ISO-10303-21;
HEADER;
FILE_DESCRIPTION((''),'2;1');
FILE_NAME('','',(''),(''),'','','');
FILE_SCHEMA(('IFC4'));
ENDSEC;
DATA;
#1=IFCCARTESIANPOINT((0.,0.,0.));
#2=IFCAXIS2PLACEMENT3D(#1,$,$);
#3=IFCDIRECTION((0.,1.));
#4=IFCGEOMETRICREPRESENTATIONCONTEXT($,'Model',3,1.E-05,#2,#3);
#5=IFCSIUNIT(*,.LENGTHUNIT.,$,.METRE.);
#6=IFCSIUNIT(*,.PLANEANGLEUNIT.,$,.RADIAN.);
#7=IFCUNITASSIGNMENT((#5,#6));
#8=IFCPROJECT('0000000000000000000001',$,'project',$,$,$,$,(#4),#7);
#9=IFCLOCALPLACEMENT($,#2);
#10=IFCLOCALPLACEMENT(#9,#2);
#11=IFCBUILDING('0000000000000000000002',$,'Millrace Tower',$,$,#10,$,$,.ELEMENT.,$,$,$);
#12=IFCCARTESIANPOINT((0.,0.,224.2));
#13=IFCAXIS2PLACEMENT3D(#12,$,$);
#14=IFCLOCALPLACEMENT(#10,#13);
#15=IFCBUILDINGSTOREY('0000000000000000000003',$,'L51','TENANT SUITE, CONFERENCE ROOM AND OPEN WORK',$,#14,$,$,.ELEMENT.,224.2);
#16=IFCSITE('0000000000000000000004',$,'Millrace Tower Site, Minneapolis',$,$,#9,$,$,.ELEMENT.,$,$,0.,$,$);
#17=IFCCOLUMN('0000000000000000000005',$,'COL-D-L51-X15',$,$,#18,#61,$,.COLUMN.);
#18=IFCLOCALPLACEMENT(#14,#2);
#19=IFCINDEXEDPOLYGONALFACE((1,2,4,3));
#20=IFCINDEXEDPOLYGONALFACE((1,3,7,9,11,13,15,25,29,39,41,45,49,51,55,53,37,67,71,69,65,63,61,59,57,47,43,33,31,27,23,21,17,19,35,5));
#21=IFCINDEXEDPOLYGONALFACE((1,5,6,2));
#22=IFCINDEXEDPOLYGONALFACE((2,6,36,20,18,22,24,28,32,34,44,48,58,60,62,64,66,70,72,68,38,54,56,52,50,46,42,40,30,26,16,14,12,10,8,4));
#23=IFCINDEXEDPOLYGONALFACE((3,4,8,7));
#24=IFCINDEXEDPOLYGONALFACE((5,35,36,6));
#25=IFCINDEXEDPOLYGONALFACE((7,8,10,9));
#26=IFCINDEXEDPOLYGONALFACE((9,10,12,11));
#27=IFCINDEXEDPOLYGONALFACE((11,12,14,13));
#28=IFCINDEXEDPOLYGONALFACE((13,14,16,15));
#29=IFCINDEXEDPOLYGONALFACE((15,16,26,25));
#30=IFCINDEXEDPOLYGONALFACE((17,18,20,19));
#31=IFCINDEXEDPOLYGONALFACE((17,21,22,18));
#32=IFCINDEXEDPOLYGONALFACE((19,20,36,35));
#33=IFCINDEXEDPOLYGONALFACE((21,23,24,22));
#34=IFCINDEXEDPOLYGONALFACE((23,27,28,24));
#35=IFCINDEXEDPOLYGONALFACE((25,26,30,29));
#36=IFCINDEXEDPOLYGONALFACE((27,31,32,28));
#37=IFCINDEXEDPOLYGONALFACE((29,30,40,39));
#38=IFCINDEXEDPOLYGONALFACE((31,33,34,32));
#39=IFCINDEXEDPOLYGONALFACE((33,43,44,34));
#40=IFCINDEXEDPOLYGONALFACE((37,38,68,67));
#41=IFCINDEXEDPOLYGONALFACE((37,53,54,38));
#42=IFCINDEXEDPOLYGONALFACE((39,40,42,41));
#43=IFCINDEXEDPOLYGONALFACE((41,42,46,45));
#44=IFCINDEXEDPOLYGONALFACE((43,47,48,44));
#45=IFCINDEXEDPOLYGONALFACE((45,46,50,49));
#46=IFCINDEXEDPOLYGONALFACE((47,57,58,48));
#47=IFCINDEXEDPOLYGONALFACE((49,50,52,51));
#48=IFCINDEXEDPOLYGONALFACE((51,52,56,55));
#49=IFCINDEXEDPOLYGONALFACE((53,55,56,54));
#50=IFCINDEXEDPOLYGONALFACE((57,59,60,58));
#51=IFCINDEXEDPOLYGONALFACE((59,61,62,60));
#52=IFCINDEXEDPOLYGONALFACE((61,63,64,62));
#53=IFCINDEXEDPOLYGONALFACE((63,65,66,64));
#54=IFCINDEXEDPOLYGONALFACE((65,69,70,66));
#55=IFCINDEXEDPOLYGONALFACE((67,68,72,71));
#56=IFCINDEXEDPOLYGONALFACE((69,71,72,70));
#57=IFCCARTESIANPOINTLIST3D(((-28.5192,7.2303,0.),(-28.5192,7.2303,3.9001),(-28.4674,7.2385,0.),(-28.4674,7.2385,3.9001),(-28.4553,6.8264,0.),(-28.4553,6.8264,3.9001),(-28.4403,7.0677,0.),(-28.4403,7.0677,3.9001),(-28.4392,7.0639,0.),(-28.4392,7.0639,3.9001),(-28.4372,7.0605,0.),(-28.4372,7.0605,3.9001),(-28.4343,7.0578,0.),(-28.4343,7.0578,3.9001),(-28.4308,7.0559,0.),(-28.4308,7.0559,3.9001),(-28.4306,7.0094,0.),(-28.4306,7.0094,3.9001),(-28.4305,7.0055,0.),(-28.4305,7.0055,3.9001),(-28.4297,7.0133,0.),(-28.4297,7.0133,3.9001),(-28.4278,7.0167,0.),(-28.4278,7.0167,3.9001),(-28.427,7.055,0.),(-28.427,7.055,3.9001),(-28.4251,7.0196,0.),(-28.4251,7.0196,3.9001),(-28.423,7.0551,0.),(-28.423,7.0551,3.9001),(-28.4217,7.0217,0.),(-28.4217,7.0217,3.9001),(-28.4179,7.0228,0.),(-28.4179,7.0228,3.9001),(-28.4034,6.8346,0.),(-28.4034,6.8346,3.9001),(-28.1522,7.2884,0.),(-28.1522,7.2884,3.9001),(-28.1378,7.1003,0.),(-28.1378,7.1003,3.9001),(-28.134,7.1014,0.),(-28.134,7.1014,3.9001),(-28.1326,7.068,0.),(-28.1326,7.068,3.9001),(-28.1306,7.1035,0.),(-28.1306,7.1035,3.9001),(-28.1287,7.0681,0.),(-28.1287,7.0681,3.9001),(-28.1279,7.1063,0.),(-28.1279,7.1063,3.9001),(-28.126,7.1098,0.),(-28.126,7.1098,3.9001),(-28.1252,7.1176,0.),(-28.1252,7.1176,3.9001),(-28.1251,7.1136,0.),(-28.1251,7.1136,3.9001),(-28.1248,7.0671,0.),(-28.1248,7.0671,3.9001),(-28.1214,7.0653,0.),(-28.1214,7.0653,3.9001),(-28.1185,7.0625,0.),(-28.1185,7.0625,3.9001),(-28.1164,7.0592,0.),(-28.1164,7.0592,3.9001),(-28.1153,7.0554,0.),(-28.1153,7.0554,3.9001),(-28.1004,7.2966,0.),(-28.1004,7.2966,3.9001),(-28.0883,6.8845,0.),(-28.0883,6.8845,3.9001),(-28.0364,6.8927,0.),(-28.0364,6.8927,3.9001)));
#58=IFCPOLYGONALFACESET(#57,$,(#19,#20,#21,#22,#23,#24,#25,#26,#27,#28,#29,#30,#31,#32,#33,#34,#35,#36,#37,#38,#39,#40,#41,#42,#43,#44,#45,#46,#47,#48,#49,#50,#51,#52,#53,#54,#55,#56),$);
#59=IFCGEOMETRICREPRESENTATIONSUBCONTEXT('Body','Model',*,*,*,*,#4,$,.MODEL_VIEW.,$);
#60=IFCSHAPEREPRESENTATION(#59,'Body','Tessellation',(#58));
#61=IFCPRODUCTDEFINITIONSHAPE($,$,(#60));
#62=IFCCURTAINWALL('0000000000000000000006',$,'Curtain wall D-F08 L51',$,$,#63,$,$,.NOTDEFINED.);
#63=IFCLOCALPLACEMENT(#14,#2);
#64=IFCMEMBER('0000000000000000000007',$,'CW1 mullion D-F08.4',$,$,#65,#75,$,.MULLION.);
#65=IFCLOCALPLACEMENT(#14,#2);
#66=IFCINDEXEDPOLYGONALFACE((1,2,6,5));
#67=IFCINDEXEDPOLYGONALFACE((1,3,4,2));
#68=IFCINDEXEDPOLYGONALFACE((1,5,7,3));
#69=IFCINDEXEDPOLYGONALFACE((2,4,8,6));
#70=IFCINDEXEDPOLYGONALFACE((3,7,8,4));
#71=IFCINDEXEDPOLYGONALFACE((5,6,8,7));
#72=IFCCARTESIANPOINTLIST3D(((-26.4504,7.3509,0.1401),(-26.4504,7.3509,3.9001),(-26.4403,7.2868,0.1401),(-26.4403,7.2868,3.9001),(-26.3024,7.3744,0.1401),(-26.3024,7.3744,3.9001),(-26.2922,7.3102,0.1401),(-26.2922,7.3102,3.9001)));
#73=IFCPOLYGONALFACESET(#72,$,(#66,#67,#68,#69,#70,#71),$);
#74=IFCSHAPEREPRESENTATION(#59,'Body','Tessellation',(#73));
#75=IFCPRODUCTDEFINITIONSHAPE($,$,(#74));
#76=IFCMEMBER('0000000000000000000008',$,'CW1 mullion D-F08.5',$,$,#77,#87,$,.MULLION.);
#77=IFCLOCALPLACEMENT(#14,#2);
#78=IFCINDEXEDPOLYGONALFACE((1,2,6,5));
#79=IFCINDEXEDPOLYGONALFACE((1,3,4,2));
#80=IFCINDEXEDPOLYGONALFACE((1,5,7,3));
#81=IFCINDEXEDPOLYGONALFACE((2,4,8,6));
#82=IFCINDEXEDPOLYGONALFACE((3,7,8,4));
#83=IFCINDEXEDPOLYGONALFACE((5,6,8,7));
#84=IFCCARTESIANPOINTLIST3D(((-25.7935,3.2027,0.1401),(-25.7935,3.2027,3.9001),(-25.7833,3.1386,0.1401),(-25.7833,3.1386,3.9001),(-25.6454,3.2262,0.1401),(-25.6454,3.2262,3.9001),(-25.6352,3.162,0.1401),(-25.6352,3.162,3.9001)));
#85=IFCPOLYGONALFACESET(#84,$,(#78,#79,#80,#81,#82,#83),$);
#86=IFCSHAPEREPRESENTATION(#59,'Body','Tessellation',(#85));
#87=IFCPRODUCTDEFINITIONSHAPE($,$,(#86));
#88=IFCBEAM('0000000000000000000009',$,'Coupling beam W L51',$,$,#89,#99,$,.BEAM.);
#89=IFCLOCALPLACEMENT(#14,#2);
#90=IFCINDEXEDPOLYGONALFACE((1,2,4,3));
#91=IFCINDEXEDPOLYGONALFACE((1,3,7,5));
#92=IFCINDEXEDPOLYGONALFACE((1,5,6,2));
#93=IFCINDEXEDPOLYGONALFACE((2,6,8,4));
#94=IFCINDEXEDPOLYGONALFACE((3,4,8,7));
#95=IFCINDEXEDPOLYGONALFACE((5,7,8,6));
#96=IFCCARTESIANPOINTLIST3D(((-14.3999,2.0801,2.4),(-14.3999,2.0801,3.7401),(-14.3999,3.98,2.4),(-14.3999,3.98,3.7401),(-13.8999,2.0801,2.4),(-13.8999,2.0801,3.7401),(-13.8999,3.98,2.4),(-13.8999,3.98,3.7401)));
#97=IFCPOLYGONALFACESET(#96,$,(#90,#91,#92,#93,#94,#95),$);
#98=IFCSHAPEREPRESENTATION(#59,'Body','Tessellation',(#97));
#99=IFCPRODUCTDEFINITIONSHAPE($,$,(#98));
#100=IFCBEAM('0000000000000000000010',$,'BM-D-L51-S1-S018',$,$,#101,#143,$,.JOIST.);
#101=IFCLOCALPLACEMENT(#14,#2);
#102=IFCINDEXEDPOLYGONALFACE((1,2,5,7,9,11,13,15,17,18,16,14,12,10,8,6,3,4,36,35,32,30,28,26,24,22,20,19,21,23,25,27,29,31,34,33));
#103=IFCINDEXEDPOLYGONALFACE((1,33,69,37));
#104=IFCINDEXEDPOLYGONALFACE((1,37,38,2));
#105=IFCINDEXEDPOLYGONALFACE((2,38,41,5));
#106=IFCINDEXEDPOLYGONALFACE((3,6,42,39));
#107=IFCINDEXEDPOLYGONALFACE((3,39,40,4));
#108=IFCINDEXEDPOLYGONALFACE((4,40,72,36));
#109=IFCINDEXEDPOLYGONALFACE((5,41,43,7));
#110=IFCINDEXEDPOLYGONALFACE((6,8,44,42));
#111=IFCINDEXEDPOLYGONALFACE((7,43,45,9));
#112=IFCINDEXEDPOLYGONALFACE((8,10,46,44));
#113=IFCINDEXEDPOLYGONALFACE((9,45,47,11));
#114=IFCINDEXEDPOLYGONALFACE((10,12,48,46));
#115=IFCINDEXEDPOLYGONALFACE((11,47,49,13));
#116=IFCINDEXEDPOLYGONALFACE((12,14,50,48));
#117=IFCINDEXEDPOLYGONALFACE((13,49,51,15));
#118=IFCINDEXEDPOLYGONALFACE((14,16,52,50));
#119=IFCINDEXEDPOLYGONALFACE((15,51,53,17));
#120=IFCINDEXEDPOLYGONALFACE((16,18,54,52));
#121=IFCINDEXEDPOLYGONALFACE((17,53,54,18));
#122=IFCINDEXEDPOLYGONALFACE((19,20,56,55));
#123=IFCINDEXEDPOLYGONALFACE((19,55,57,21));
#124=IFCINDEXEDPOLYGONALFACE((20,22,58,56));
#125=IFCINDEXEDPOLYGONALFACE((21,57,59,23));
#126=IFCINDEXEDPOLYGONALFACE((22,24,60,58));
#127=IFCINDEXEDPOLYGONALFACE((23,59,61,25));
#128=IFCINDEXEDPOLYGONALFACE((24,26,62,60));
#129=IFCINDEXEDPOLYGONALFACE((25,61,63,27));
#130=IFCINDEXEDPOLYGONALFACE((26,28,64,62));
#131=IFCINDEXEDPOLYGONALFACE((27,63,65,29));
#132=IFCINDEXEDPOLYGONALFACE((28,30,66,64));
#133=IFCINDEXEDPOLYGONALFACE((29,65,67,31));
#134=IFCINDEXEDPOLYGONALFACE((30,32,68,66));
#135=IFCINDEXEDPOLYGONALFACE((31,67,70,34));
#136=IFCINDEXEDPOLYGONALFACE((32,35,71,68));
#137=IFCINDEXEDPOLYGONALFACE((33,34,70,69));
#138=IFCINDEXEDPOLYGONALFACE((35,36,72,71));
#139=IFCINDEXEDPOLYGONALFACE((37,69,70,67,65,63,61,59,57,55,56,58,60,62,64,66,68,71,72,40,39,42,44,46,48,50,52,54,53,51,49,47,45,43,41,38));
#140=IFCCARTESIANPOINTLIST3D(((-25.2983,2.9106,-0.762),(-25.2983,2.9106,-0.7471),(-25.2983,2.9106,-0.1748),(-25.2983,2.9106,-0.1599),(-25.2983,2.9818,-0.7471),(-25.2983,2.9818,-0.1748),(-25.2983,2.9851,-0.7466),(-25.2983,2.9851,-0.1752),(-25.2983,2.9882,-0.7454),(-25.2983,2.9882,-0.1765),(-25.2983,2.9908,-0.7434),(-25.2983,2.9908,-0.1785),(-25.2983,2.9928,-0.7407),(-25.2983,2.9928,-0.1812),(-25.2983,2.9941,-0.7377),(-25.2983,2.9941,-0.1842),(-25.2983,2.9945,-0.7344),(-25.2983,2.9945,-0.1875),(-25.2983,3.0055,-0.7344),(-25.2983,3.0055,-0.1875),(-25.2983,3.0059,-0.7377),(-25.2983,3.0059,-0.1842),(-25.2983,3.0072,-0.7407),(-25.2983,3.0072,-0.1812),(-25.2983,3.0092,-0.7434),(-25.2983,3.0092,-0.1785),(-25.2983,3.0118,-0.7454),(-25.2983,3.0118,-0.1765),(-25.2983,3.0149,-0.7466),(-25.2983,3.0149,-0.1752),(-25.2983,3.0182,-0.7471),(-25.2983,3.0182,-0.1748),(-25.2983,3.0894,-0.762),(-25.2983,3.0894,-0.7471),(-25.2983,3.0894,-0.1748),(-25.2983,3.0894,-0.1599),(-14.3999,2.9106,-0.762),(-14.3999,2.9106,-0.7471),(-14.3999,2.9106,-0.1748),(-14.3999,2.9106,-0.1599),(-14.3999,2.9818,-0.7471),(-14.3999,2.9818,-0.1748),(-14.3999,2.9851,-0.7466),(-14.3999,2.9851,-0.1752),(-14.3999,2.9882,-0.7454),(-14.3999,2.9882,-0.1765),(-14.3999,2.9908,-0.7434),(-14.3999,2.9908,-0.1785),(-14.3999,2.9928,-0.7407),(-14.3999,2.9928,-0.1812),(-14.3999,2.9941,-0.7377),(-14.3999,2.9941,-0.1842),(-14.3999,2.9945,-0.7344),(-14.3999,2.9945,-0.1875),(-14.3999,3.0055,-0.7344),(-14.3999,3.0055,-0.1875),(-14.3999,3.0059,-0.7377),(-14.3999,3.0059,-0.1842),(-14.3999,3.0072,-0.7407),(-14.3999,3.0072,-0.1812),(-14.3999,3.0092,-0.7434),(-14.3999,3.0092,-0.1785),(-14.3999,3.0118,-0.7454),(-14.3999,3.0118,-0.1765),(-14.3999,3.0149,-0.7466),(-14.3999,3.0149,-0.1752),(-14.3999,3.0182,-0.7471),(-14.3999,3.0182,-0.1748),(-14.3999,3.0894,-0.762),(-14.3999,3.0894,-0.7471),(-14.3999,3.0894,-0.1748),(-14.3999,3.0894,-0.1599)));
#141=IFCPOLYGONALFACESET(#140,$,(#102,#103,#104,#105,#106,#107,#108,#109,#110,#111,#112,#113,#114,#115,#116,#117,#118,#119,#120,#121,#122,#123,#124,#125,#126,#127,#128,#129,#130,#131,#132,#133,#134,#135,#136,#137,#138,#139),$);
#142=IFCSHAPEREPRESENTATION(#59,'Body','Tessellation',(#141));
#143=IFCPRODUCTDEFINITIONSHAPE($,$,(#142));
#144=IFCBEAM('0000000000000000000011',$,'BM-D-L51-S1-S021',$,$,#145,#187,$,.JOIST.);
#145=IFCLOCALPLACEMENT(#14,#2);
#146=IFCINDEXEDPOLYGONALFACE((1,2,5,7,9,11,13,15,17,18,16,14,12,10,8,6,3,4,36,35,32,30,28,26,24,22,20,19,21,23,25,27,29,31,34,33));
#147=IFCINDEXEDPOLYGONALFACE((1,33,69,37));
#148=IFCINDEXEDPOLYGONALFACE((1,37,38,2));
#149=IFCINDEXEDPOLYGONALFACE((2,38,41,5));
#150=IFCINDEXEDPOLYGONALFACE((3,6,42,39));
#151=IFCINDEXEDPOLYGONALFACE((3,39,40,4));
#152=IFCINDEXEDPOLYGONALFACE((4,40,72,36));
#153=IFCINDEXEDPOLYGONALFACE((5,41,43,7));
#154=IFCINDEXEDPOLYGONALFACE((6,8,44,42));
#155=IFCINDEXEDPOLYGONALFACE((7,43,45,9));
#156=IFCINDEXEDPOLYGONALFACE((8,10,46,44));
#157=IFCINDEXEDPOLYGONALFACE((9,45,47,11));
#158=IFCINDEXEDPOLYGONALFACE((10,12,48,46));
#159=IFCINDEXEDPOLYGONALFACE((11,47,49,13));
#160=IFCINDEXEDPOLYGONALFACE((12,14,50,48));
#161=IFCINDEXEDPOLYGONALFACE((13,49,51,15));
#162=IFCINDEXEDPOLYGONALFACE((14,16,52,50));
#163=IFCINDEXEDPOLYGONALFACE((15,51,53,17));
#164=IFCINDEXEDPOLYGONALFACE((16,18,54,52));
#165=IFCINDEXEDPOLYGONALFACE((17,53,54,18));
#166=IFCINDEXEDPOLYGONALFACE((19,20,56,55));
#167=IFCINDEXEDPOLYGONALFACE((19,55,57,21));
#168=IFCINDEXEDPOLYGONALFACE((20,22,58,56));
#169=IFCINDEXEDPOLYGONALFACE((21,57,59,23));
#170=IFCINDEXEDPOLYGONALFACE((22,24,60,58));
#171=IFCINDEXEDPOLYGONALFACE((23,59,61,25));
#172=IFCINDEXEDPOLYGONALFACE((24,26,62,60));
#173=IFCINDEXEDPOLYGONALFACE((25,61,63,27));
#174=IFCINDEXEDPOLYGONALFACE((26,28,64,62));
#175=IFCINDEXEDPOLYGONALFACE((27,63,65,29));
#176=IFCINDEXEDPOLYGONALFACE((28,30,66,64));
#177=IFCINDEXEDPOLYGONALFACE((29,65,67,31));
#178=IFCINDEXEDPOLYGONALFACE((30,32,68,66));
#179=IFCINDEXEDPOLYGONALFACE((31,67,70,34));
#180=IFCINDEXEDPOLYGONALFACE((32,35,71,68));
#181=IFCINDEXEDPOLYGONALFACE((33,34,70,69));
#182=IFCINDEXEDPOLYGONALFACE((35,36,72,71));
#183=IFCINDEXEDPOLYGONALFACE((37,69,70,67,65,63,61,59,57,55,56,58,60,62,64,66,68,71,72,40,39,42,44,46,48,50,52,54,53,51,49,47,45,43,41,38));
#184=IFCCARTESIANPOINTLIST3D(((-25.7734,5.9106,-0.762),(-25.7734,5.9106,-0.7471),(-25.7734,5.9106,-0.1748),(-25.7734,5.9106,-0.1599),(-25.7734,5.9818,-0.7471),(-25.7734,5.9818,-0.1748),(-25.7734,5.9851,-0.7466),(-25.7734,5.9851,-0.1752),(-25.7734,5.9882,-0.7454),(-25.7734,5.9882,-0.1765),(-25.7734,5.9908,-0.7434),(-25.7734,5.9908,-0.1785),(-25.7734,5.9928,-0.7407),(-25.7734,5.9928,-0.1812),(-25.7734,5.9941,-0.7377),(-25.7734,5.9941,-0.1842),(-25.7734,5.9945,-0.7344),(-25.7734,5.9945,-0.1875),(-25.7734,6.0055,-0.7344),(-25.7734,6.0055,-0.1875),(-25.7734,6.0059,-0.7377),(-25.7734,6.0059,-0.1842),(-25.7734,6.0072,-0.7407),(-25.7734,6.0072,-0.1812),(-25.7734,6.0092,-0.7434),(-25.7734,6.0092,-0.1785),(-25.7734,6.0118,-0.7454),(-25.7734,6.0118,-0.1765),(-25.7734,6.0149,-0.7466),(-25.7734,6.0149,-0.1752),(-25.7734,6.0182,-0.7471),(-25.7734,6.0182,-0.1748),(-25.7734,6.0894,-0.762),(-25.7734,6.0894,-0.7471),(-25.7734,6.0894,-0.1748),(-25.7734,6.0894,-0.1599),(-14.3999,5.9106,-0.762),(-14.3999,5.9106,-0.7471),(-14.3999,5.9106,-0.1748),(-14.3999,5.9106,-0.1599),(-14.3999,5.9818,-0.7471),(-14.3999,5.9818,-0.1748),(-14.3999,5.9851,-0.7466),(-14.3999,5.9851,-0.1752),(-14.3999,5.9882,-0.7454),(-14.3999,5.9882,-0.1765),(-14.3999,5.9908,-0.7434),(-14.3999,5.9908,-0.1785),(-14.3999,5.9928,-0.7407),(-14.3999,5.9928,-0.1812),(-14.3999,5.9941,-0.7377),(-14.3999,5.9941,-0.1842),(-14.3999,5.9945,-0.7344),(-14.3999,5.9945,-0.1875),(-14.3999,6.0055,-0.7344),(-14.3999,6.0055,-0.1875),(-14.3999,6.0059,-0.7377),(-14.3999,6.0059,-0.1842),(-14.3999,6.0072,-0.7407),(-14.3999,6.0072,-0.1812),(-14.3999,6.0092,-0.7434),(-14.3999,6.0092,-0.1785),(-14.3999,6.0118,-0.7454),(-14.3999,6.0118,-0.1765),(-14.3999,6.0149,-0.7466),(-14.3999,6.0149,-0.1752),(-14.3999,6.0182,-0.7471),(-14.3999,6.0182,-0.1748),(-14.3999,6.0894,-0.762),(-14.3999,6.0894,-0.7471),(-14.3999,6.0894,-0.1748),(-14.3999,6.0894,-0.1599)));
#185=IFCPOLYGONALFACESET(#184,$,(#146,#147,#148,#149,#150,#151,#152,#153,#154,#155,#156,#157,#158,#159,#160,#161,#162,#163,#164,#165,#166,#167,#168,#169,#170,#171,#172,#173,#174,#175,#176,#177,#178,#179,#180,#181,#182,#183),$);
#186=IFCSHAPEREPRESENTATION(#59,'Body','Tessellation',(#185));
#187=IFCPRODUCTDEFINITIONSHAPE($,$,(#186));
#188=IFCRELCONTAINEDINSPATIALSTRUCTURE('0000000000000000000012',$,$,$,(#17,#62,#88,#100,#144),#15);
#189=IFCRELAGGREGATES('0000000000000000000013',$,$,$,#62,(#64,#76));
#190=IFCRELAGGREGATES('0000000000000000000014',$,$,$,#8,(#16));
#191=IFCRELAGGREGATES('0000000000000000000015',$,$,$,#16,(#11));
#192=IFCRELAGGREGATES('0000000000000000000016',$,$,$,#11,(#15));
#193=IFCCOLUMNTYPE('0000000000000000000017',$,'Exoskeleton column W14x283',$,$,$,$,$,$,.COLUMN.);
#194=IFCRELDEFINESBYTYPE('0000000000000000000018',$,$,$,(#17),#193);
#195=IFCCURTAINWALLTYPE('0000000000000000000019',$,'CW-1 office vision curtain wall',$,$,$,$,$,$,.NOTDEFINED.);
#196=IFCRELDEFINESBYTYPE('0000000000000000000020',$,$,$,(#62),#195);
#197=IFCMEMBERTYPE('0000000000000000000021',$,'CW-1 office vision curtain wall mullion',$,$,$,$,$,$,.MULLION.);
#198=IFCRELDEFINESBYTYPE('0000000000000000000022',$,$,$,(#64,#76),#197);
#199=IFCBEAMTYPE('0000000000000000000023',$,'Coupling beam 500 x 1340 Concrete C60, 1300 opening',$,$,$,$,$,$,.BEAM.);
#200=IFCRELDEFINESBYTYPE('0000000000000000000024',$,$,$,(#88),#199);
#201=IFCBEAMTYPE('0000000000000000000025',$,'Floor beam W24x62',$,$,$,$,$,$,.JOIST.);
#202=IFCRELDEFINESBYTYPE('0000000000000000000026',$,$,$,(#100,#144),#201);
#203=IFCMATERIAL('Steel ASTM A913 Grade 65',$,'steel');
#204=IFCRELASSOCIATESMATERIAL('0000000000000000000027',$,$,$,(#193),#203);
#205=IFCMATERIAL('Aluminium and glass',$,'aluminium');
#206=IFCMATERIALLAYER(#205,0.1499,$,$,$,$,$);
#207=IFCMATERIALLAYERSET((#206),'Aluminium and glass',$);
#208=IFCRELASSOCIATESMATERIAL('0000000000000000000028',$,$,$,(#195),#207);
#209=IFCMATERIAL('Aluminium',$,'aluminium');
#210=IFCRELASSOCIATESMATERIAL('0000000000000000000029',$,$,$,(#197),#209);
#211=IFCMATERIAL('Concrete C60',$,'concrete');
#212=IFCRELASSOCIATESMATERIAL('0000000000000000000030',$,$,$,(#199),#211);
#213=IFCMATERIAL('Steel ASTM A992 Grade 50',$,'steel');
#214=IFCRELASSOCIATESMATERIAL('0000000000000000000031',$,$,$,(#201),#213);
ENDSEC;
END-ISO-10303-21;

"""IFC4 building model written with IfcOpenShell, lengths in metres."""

from ifc_helpers import new_model, si_unit, direction, frame, origin, origin_2d, place, context, subcontext, project, spatial, rectangle, i_section, extrude, material, layer, layer_set, material_profile, profile_set, type_object, element, aggregate, save


model = new_model("IFC4")

# Units and contexts
model_context = context("Model", 3, precision=1e-05, world=origin(), true_north=direction((0.0, 1.0)))
body_context = subcontext(model_context, "Body", "Model", "MODEL_VIEW")
ifc_project = project(units=[si_unit("LENGTHUNIT", "METRE"), si_unit("PLANEANGLEUNIT", "RADIAN")], contexts=[model_context])

# Site, building, storey
site_placement = place(None, origin())
site = spatial("IfcSite", under=ifc_project, at=site_placement, Name="Millrace Tower Site, Minneapolis", CompositionType="ELEMENT", RefElevation=0.0)
building_placement = place(site_placement, origin())
building = spatial("IfcBuilding", under=site, at=building_placement, Name="Millrace Tower", CompositionType="ELEMENT")
storey_placement = place(building_placement, frame((0.0, 0.0, 224.2)))
storey = spatial("IfcBuildingStorey", under=building, at=storey_placement, Name="L51", Description="TENANT SUITE, CONFERENCE ROOM AND OPEN WORK", CompositionType="ELEMENT", Elevation=224.2)

# Column
ifc_material_1 = material(Name="Steel ASTM A913 Grade 65", Category="steel")
ifc_material_profile_1 = material_profile(ifc_material_1, i_section(OverallWidth=0.4089, OverallDepth=0.4241, WebThickness=0.0327, FlangeThickness=0.0525, FilletRadius=0.0151, at=origin_2d()))
ifc_profile_set_1 = profile_set([ifc_material_profile_1], Name="Steel ASTM A913 Grade 65")
column_type = type_object("IfcColumnType", Name="Exoskeleton column W14x283", PredefinedType="COLUMN", material=ifc_profile_set_1)
column_placement = place(storey_placement, frame((-28.2778, 7.0615, 0.0), z_axis=(0.0, 0.0, 1.0), x_axis=(0.156434, -0.987688, 0.0)))
element("IfcColumn", 1, at=column_placement, inside=storey, type_object=column_type, Name="COL-D-L51-X15", PredefinedType="COLUMN", context=body_context, shape_type="SweptSolid", body=[
    extrude(i_section(OverallWidth=0.4089, OverallDepth=0.4241, WebThickness=0.0327, FlangeThickness=0.0525, FilletRadius=0.0151, at=origin_2d()), origin(), (0.0, 0.0, 1.0), 3.9001),
])

# Curtain wall, members
ifc_material_2 = material(Name="Aluminium and glass", Category="aluminium")
ifc_layer_1 = layer(ifc_material_2, 0.1499)
ifc_layer_set_1 = layer_set([ifc_layer_1], Name="Aluminium and glass")
curtain_wall_type = type_object("IfcCurtainWallType", Name="CW-1 office vision curtain wall", PredefinedType="NOTDEFINED", material=ifc_layer_set_1)
placement = place(storey_placement, origin())
curtain_wall = element("IfcCurtainWall", 2, at=placement, inside=storey, type_object=curtain_wall_type, Name="Curtain wall D-F08 L51", PredefinedType="NOTDEFINED")
ifc_material_3 = material(Name="Aluminium", Category="aluminium")
ifc_material_profile_2 = material_profile(ifc_material_3, rectangle(XDim=0.0649, YDim=0.1499, at=origin_2d()))
ifc_profile_set_2 = profile_set([ifc_material_profile_2], Name="Aluminium")
member_type = type_object("IfcMemberType", Name="CW-1 office vision curtain wall mullion", PredefinedType="MULLION", material=ifc_profile_set_2)
member_1_placement = place(storey_placement, frame((-26.3713, 7.3306, 0.1401), z_axis=(0.0, 0.0, 1.0), x_axis=(0.156434, -0.987688, 0.0)))
member_1 = element("IfcMember", 3, at=member_1_placement, type_object=member_type, Name="CW1 mullion D-F08.4", PredefinedType="MULLION", context=body_context, shape_type="SweptSolid", body=[
    extrude(rectangle(XDim=0.0649, YDim=0.1499, at=origin_2d()), origin(), (0.0, 0.0, 1.0), 3.76),
])
member_2_placement = place(storey_placement, frame((-25.7144, 3.1824, 0.1401), z_axis=(0.0, 0.0, 1.0), x_axis=(0.156434, -0.987688, 0.0)))
member_2 = element("IfcMember", 4, at=member_2_placement, type_object=member_type, Name="CW1 mullion D-F08.5", PredefinedType="MULLION", context=body_context, shape_type="SweptSolid", body=[
    extrude(rectangle(XDim=0.0649, YDim=0.1499, at=origin_2d()), origin(), (0.0, 0.0, 1.0), 3.76),
])
aggregate(curtain_wall, [member_1, member_2])

# Beams
ifc_material_4 = material(Name="Concrete C60", Category="concrete")
ifc_material_profile_3 = material_profile(ifc_material_4, rectangle(XDim=0.5, YDim=1.3401, at=origin_2d()))
ifc_profile_set_3 = profile_set([ifc_material_profile_3], Name="Concrete C60")
beam_type_1 = type_object("IfcBeamType", Name="Coupling beam 500 x 1340 Concrete C60, 1300 opening", PredefinedType="BEAM", material=ifc_profile_set_3)
beam_1_placement = place(storey_placement, frame((-14.1499, 2.0801, 3.0701), z_axis=(0.0, 1.0, 0.0), x_axis=(-1.0, 0.0, 0.0)))
element("IfcBeam", 5, at=beam_1_placement, inside=storey, type_object=beam_type_1, Name="Coupling beam W L51", PredefinedType="BEAM", context=body_context, shape_type="SweptSolid", body=[
    extrude(rectangle(XDim=0.5, YDim=1.3401, at=origin_2d()), origin(), (0.0, 0.0, 1.0), 1.8999),
])
ifc_material_5 = material(Name="Steel ASTM A992 Grade 50", Category="steel")
ifc_material_profile_4 = material_profile(ifc_material_5, i_section(OverallWidth=0.1787, OverallDepth=0.6021, WebThickness=0.011, FlangeThickness=0.0149, FilletRadius=0.0127, at=origin_2d()))
ifc_profile_set_4 = profile_set([ifc_material_profile_4], Name="Steel ASTM A992 Grade 50")
beam_type_2 = type_object("IfcBeamType", Name="Floor beam W24x62", PredefinedType="JOIST", material=ifc_profile_set_4)
beam_2_placement = place(storey_placement, frame((-25.2983, 3.0, -0.4609), z_axis=(1.0, 0.0, 0.0), x_axis=(0.0, 1.0, 0.0)))
element("IfcBeam", 6, at=beam_2_placement, inside=storey, type_object=beam_type_2, Name="BM-D-L51-S1-S018", PredefinedType="JOIST", context=body_context, shape_type="SweptSolid", body=[
    extrude(i_section(OverallWidth=0.1787, OverallDepth=0.6021, WebThickness=0.011, FlangeThickness=0.0149, FilletRadius=0.0127, at=origin_2d()), origin(), (0.0, 0.0, 1.0), 10.8984),
])
beam_3_placement = place(storey_placement, frame((-25.7734, 6.0, -0.4609), z_axis=(1.0, 0.0, 0.0), x_axis=(0.0, 1.0, 0.0)))
element("IfcBeam", 7, at=beam_3_placement, inside=storey, type_object=beam_type_2, Name="BM-D-L51-S1-S021", PredefinedType="JOIST", context=body_context, shape_type="SweptSolid", body=[
    extrude(i_section(OverallWidth=0.1787, OverallDepth=0.6021, WebThickness=0.011, FlangeThickness=0.0149, FilletRadius=0.0127, at=origin_2d()), origin(), (0.0, 0.0, 1.0), 11.3735),
])

save(model, "model.ifc")
